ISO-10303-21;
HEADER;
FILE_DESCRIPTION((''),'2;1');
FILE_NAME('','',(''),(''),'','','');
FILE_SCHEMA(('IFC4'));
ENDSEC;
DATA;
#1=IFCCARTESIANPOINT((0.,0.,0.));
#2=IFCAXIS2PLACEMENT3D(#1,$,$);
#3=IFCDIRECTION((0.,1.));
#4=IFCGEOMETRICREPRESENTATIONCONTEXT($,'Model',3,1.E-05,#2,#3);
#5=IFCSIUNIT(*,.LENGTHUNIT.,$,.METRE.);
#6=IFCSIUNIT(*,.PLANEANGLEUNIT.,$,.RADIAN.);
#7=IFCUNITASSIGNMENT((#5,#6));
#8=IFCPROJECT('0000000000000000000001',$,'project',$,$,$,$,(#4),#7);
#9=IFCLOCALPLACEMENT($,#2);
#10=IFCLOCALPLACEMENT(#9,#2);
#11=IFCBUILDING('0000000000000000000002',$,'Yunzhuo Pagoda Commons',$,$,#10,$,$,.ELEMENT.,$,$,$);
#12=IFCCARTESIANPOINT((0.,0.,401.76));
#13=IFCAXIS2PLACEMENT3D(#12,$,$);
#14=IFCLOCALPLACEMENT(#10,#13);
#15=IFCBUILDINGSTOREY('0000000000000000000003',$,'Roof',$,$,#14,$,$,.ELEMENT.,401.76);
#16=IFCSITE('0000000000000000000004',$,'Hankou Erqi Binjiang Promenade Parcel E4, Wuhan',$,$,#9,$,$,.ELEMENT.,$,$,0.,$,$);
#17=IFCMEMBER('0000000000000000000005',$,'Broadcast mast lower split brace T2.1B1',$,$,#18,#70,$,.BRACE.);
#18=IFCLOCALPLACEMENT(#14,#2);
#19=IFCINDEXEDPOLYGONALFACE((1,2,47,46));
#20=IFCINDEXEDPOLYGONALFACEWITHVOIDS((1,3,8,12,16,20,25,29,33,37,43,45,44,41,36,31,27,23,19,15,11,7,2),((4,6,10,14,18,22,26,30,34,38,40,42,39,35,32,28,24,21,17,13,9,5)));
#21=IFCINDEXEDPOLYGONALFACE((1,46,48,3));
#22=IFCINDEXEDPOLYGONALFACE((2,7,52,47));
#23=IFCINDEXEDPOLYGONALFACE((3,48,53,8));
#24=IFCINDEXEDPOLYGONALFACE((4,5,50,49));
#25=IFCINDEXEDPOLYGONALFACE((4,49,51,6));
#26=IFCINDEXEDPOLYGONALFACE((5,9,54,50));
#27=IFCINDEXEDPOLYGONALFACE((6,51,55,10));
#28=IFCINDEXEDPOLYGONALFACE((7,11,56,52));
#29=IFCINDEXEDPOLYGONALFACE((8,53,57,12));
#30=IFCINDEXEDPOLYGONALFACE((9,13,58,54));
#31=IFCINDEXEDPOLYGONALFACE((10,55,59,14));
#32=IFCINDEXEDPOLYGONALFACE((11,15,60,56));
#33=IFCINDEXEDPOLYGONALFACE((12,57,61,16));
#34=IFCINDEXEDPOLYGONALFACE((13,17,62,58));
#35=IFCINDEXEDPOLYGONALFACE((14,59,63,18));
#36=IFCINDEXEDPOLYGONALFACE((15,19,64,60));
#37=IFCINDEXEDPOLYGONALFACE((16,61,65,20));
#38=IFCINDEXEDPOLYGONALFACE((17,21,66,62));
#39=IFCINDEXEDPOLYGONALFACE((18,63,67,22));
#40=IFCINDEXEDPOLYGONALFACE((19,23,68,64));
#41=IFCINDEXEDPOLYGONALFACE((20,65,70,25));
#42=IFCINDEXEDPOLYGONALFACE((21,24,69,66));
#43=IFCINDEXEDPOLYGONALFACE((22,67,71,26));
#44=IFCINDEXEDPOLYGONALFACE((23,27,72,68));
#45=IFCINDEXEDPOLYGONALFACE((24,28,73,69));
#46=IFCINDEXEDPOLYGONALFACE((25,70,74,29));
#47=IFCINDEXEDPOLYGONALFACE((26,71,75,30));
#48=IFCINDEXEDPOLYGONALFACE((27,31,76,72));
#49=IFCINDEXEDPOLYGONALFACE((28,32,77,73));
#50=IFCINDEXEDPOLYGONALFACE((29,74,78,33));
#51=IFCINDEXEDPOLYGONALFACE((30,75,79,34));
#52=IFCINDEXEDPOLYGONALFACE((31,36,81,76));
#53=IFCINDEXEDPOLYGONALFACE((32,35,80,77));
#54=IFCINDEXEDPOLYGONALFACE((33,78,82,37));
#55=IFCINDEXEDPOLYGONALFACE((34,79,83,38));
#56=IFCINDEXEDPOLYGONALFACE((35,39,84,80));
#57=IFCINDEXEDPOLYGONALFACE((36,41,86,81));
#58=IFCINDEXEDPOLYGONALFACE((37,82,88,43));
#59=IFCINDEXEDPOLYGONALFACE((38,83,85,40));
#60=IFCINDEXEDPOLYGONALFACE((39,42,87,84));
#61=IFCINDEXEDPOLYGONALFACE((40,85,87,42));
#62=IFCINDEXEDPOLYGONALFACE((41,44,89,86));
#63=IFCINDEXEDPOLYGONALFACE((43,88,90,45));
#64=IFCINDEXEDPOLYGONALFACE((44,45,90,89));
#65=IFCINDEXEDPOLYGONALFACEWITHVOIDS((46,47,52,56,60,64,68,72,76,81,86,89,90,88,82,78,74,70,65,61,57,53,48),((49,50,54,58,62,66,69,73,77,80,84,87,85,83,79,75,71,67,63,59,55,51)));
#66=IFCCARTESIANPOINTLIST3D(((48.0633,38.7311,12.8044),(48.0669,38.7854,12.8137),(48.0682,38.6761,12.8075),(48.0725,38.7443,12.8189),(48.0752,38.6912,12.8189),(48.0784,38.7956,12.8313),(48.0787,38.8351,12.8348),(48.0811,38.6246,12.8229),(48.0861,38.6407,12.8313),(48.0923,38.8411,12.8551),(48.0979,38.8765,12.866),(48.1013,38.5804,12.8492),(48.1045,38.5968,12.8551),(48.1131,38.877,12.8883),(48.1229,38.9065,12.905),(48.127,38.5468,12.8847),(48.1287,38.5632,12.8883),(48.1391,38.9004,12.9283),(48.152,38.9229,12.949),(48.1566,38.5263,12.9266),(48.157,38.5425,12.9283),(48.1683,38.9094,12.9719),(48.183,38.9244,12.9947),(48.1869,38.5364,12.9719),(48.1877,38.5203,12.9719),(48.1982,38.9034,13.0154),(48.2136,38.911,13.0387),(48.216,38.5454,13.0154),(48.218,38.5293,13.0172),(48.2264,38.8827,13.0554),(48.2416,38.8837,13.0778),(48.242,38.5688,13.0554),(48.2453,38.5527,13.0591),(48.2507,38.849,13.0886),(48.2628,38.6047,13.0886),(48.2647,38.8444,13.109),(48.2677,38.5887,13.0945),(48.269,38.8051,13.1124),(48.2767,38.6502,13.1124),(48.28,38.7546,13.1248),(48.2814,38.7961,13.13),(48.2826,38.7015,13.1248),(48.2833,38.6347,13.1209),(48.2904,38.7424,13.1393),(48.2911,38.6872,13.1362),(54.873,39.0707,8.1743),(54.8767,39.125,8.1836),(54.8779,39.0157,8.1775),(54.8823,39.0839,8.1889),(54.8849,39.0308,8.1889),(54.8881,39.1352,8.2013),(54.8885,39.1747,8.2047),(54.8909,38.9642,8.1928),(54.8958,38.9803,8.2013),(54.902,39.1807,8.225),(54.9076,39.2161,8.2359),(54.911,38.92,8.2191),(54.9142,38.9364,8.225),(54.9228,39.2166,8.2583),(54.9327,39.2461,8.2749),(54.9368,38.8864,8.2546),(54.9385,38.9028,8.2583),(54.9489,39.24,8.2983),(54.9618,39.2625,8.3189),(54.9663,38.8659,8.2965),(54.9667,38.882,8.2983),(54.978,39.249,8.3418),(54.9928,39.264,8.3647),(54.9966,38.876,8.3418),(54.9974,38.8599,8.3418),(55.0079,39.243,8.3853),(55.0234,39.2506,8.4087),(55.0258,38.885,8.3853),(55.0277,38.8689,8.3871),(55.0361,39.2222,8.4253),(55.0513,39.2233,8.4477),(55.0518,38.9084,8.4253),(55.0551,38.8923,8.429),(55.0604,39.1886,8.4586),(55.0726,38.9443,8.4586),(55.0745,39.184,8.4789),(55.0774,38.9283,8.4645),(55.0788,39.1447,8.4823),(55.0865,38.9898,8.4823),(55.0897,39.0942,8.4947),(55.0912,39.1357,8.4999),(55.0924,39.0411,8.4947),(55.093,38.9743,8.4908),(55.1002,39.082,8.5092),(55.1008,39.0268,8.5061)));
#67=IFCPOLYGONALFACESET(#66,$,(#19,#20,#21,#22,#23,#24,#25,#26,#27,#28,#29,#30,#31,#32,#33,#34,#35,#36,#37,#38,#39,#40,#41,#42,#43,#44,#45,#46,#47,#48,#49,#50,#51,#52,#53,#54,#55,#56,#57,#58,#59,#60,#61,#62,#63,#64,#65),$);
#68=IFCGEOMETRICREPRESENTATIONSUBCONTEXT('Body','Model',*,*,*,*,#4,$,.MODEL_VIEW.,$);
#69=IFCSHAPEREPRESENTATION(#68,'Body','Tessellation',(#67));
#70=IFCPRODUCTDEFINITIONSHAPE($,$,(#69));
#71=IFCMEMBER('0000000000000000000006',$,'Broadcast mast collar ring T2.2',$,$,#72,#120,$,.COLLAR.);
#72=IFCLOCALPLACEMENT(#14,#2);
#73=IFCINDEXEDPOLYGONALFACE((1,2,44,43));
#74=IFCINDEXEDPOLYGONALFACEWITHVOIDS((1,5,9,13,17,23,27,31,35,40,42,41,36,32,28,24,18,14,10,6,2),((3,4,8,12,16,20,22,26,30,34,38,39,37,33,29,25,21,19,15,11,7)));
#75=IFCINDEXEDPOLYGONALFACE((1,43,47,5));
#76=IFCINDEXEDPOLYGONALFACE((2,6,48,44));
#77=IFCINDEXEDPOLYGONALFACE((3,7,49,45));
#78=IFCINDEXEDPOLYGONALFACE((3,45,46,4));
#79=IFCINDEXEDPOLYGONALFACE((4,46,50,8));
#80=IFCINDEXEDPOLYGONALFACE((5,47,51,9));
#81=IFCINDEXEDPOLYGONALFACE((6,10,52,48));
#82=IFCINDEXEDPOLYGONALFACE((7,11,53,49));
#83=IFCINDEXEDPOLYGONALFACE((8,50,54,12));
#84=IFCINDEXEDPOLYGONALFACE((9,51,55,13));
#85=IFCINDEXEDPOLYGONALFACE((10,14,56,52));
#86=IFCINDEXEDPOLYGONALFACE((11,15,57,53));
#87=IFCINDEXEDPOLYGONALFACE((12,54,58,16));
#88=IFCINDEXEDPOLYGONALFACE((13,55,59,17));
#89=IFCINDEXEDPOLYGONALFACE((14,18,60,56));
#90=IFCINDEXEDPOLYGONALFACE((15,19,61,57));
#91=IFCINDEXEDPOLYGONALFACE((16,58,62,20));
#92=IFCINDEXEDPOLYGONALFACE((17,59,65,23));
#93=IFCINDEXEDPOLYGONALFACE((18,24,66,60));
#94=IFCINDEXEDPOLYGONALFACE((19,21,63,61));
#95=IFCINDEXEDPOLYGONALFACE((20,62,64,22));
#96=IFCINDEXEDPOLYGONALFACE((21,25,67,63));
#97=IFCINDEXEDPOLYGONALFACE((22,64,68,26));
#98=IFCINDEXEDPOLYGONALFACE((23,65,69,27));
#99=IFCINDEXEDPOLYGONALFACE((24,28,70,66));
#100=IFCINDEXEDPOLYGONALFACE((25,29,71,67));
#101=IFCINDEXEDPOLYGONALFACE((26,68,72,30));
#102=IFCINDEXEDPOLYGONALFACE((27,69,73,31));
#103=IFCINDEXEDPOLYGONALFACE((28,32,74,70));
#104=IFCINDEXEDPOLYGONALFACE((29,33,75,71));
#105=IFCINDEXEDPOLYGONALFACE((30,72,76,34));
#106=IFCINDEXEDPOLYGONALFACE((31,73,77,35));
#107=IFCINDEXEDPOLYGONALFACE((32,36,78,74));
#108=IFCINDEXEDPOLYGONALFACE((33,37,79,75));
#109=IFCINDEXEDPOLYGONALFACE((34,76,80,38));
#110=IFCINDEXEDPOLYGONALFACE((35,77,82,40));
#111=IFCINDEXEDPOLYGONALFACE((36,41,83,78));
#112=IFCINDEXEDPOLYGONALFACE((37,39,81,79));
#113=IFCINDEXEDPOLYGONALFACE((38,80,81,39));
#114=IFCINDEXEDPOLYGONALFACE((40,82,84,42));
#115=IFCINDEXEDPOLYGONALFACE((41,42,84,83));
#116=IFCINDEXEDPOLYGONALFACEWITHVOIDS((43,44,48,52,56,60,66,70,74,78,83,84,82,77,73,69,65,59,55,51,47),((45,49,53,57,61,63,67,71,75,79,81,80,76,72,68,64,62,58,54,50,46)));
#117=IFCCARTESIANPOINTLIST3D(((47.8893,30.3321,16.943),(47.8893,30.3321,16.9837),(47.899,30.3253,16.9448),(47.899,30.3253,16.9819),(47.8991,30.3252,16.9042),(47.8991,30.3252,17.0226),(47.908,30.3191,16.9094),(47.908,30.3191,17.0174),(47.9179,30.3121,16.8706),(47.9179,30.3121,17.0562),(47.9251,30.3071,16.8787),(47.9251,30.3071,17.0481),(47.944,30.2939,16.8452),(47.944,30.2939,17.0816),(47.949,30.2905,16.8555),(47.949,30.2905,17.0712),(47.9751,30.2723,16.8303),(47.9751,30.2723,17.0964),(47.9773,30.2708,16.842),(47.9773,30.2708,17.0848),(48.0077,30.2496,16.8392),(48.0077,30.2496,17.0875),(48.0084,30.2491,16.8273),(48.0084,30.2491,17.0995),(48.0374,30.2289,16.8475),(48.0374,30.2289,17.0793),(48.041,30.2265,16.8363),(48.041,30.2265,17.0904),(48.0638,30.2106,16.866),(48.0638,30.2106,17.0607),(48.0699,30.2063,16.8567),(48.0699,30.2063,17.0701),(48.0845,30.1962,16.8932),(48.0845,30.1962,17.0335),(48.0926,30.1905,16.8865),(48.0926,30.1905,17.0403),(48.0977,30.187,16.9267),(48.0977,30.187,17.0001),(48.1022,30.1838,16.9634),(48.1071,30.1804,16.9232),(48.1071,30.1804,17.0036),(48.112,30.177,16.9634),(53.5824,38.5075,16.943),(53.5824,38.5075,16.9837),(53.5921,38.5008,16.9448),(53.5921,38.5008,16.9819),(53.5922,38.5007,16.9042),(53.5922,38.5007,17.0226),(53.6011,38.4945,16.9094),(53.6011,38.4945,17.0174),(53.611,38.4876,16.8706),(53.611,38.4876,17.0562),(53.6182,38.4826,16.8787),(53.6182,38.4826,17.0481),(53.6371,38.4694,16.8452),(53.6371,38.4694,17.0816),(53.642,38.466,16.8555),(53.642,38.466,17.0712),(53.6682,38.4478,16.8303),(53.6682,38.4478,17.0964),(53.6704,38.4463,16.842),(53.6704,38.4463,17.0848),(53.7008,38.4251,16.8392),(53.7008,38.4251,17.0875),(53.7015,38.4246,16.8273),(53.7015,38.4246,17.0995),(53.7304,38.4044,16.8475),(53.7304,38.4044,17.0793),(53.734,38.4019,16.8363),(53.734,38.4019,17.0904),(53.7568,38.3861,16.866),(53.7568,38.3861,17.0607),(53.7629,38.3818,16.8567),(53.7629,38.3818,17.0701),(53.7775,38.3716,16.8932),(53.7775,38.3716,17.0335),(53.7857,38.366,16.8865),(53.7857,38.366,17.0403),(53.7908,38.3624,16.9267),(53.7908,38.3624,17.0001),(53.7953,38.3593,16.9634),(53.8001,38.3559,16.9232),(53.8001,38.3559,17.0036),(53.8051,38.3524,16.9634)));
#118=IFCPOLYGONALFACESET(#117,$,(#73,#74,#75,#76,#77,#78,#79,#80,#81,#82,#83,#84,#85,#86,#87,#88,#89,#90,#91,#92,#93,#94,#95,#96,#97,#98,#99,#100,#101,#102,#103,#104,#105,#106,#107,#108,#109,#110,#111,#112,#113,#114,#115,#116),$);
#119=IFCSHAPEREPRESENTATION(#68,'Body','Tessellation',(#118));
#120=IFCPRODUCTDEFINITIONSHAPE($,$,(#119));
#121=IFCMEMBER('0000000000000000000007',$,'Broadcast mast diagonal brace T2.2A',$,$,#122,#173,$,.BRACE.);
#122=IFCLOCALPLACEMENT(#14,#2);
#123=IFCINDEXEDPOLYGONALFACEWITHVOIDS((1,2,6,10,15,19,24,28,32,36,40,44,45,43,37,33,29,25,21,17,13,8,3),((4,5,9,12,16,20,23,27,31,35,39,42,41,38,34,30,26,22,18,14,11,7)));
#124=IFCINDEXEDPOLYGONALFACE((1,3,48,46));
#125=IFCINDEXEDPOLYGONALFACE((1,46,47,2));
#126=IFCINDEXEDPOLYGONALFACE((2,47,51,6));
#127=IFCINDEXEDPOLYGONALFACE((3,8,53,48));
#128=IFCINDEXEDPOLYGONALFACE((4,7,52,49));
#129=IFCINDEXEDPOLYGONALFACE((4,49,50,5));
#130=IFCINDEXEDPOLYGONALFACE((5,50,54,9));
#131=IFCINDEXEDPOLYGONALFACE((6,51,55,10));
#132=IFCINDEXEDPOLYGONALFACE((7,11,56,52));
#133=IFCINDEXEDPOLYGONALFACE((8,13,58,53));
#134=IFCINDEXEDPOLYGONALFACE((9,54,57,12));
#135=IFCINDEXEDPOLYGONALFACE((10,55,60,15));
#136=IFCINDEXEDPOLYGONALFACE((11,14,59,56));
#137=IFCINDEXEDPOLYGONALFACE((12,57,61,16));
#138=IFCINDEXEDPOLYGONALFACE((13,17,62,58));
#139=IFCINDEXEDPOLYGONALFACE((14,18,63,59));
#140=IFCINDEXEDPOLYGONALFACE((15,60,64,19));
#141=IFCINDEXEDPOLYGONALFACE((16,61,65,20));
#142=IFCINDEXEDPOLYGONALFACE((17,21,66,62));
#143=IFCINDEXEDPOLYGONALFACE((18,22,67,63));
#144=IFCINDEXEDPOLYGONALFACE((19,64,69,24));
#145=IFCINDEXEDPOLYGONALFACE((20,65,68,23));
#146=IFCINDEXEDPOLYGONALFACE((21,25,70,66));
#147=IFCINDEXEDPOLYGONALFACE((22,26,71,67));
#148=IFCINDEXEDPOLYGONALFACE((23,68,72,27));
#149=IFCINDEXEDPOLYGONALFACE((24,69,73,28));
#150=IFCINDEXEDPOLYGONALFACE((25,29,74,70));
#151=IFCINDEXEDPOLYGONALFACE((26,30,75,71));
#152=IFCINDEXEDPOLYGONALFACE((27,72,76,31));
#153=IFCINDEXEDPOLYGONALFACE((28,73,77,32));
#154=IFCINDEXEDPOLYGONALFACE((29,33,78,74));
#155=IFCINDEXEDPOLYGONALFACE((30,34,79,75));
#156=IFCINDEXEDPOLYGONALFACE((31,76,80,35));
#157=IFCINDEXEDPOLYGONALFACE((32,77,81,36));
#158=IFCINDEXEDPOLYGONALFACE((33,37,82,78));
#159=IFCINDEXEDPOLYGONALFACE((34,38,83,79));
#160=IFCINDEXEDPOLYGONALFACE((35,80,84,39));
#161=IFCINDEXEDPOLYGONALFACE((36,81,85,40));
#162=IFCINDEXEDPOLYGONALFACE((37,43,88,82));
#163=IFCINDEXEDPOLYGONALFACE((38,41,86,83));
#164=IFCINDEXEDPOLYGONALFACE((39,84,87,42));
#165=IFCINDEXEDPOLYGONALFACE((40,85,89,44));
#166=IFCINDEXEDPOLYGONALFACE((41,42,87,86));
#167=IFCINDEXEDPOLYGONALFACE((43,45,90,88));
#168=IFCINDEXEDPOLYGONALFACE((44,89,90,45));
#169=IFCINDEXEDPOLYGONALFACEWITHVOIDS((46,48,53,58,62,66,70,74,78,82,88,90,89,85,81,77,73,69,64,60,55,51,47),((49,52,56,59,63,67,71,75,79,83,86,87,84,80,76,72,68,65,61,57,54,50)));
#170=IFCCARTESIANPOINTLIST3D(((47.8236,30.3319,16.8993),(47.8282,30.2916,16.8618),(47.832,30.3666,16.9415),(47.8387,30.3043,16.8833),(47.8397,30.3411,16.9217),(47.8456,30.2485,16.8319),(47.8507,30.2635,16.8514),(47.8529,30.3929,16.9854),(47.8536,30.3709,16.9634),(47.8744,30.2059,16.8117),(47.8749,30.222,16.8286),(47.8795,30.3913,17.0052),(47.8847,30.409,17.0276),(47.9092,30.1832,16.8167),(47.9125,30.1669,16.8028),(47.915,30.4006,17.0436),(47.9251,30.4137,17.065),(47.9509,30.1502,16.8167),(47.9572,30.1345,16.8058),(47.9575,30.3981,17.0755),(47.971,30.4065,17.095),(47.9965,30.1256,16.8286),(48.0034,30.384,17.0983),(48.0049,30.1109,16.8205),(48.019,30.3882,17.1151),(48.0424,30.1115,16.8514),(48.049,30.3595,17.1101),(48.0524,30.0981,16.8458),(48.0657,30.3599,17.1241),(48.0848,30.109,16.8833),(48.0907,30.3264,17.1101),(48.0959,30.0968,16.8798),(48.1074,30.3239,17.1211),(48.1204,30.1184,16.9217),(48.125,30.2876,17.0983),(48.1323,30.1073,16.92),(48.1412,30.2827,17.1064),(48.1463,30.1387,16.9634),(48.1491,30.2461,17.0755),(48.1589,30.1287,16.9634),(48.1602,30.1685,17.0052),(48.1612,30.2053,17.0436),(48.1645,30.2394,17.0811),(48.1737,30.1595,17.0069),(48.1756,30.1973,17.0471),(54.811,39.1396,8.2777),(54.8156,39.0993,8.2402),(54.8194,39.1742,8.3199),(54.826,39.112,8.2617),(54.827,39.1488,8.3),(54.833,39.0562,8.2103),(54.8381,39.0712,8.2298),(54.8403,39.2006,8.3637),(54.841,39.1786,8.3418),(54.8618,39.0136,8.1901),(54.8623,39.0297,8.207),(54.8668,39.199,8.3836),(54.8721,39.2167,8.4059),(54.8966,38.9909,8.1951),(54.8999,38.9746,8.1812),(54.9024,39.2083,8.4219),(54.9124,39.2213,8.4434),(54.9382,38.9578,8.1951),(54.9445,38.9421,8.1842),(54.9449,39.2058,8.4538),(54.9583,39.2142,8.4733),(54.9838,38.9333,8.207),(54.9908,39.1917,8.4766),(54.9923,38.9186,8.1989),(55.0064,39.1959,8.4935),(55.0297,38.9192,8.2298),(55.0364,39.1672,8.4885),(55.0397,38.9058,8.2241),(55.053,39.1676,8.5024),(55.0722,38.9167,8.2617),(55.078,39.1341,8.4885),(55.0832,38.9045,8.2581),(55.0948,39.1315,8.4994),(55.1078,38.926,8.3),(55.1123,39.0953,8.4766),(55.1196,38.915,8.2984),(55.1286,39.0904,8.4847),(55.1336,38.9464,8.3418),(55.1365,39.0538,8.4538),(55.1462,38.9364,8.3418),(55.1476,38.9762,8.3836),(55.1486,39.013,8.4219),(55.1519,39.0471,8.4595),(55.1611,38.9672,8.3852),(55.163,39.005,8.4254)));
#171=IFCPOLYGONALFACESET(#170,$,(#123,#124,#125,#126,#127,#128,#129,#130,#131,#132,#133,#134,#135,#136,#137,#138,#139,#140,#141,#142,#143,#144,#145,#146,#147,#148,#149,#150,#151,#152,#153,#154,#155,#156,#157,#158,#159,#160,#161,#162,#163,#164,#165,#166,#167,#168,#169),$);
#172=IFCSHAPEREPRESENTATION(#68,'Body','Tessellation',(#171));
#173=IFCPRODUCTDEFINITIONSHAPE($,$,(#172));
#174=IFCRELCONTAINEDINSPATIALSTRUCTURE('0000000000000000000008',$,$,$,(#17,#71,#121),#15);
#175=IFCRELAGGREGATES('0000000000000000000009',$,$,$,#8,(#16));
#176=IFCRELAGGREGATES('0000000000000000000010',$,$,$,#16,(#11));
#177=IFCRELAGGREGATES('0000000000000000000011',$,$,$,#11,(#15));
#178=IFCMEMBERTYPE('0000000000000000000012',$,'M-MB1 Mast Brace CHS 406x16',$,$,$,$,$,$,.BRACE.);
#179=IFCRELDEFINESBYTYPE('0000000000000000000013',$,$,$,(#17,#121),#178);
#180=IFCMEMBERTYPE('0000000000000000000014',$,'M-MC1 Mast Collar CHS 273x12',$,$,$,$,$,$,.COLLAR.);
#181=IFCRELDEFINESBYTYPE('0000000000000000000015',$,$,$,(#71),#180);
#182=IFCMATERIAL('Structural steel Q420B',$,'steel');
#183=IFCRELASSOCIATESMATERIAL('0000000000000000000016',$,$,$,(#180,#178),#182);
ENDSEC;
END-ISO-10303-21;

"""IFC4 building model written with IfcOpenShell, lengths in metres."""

from ifc_helpers import new_model, si_unit, direction, frame, origin, origin_2d, place, context, subcontext, project, spatial, hollow_circle, extrude, source, transform, mapped, material, material_profile, profile_set, type_object, element, save


model = new_model("IFC4")

# Units and contexts
model_context = context("Model", 3, precision=1e-05, world=origin(), true_north=direction((0.0, 1.0)))
body_context = subcontext(model_context, "Body", "Model", "MODEL_VIEW")
ifc_project = project(units=[si_unit("LENGTHUNIT", "METRE"), si_unit("PLANEANGLEUNIT", "RADIAN")], contexts=[model_context])

# Site, building, storey
site_placement = place(None, origin())
site = spatial("IfcSite", under=ifc_project, at=site_placement, Name="Hankou Erqi Binjiang Promenade Parcel E4, Wuhan", CompositionType="ELEMENT", RefElevation=0.0)
building_placement = place(site_placement, origin())
building = spatial("IfcBuilding", under=site, at=building_placement, Name="Yunzhuo Pagoda Commons", CompositionType="ELEMENT")
storey_placement = place(building_placement, frame((0.0, 0.0, 401.76)))
storey = spatial("IfcBuildingStorey", under=building, at=storey_placement, Name="Roof", CompositionType="ELEMENT", Elevation=401.76)

# Members
ifc_material_1 = material(Name="Structural steel Q420B", Category="steel")
ifc_material_profile_1 = material_profile(ifc_material_1, hollow_circle(Radius=0.1365, WallThickness=0.012, at=origin_2d()), Name="Structural steel Q420B")
ifc_profile_set_1 = profile_set([ifc_material_profile_1], Name="Structural steel Q420B")
member_type_1 = type_object("IfcMemberType", Name="M-MC1 Mast Collar CHS 273x12", PredefinedType="COLLAR", material=ifc_profile_set_1)
ifc_material_profile_2 = material_profile(ifc_material_1, hollow_circle(Radius=0.2029, WallThickness=0.0161, at=origin_2d()), Name="Structural steel Q420B")
ifc_profile_set_2 = profile_set([ifc_material_profile_2], Name="Structural steel Q420B")
member_type_2 = type_object("IfcMemberType", Name="M-MB1 Mast Brace CHS 406x16", PredefinedType="BRACE", material=ifc_profile_set_2)
shared_shape_1 = source(origin(), body_context, "Body", "SweptSolid", [
    extrude(hollow_circle(Radius=0.2029, WallThickness=0.0161, at=origin_2d()), origin(), (0.0, 0.0, 1.0), 8.2417),
])
member_1_placement = place(storey_placement, frame((54.9873, 39.0625, 8.3418), z_axis=(-0.826255, -0.041205, 0.561787), x_axis=(0.049807, -0.998759, 0.0)))
element("IfcMember", 1, at=member_1_placement, inside=storey, type_object=member_type_2, Name="Broadcast mast lower split brace T2.1B1", PredefinedType="BRACE", context=body_context, shape_type="MappedRepresentation", body=[
    mapped(shared_shape_1, transform((0.0, 0.0, 0.0), scale=1.0)),
])
shared_shape_2 = source(origin(), body_context, "Body", "SweptSolid", [
    extrude(hollow_circle(Radius=0.1365, WallThickness=0.012, at=origin_2d()), origin(), (0.0, 0.0, 1.0), 9.9624),
])
member_2_placement = place(storey_placement, frame((53.6931, 38.4304, 16.9634), z_axis=(-0.571456, -0.820633, 0.0), x_axis=(0.820633, -0.571456, 0.0)))
element("IfcMember", 2, at=member_2_placement, inside=storey, type_object=member_type_1, Name="Broadcast mast collar ring T2.2", PredefinedType="COLLAR", context=body_context, shape_type="MappedRepresentation", body=[
    mapped(shared_shape_2, transform((0.0, 0.0, 0.0), scale=1.0)),
])
shared_shape_3 = source(origin(), body_context, "Body", "SweptSolid", [
    extrude(hollow_circle(Radius=0.2029, WallThickness=0.0161, at=origin_2d()), origin(), (0.0, 0.0, 1.0), 14.168),
])
member_3_placement = place(storey_placement, frame((54.9873, 39.0625, 8.3418), z_axis=(-0.49318, -0.621662, 0.608531), x_axis=(0.783413, -0.621501, 0.0)))
element("IfcMember", 3, at=member_3_placement, inside=storey, type_object=member_type_2, Name="Broadcast mast diagonal brace T2.2A", PredefinedType="BRACE", context=body_context, shape_type="MappedRepresentation", body=[
    mapped(shared_shape_3, transform((0.0, 0.0, 0.0), scale=1.0)),
])

save(model, "model.ifc")
